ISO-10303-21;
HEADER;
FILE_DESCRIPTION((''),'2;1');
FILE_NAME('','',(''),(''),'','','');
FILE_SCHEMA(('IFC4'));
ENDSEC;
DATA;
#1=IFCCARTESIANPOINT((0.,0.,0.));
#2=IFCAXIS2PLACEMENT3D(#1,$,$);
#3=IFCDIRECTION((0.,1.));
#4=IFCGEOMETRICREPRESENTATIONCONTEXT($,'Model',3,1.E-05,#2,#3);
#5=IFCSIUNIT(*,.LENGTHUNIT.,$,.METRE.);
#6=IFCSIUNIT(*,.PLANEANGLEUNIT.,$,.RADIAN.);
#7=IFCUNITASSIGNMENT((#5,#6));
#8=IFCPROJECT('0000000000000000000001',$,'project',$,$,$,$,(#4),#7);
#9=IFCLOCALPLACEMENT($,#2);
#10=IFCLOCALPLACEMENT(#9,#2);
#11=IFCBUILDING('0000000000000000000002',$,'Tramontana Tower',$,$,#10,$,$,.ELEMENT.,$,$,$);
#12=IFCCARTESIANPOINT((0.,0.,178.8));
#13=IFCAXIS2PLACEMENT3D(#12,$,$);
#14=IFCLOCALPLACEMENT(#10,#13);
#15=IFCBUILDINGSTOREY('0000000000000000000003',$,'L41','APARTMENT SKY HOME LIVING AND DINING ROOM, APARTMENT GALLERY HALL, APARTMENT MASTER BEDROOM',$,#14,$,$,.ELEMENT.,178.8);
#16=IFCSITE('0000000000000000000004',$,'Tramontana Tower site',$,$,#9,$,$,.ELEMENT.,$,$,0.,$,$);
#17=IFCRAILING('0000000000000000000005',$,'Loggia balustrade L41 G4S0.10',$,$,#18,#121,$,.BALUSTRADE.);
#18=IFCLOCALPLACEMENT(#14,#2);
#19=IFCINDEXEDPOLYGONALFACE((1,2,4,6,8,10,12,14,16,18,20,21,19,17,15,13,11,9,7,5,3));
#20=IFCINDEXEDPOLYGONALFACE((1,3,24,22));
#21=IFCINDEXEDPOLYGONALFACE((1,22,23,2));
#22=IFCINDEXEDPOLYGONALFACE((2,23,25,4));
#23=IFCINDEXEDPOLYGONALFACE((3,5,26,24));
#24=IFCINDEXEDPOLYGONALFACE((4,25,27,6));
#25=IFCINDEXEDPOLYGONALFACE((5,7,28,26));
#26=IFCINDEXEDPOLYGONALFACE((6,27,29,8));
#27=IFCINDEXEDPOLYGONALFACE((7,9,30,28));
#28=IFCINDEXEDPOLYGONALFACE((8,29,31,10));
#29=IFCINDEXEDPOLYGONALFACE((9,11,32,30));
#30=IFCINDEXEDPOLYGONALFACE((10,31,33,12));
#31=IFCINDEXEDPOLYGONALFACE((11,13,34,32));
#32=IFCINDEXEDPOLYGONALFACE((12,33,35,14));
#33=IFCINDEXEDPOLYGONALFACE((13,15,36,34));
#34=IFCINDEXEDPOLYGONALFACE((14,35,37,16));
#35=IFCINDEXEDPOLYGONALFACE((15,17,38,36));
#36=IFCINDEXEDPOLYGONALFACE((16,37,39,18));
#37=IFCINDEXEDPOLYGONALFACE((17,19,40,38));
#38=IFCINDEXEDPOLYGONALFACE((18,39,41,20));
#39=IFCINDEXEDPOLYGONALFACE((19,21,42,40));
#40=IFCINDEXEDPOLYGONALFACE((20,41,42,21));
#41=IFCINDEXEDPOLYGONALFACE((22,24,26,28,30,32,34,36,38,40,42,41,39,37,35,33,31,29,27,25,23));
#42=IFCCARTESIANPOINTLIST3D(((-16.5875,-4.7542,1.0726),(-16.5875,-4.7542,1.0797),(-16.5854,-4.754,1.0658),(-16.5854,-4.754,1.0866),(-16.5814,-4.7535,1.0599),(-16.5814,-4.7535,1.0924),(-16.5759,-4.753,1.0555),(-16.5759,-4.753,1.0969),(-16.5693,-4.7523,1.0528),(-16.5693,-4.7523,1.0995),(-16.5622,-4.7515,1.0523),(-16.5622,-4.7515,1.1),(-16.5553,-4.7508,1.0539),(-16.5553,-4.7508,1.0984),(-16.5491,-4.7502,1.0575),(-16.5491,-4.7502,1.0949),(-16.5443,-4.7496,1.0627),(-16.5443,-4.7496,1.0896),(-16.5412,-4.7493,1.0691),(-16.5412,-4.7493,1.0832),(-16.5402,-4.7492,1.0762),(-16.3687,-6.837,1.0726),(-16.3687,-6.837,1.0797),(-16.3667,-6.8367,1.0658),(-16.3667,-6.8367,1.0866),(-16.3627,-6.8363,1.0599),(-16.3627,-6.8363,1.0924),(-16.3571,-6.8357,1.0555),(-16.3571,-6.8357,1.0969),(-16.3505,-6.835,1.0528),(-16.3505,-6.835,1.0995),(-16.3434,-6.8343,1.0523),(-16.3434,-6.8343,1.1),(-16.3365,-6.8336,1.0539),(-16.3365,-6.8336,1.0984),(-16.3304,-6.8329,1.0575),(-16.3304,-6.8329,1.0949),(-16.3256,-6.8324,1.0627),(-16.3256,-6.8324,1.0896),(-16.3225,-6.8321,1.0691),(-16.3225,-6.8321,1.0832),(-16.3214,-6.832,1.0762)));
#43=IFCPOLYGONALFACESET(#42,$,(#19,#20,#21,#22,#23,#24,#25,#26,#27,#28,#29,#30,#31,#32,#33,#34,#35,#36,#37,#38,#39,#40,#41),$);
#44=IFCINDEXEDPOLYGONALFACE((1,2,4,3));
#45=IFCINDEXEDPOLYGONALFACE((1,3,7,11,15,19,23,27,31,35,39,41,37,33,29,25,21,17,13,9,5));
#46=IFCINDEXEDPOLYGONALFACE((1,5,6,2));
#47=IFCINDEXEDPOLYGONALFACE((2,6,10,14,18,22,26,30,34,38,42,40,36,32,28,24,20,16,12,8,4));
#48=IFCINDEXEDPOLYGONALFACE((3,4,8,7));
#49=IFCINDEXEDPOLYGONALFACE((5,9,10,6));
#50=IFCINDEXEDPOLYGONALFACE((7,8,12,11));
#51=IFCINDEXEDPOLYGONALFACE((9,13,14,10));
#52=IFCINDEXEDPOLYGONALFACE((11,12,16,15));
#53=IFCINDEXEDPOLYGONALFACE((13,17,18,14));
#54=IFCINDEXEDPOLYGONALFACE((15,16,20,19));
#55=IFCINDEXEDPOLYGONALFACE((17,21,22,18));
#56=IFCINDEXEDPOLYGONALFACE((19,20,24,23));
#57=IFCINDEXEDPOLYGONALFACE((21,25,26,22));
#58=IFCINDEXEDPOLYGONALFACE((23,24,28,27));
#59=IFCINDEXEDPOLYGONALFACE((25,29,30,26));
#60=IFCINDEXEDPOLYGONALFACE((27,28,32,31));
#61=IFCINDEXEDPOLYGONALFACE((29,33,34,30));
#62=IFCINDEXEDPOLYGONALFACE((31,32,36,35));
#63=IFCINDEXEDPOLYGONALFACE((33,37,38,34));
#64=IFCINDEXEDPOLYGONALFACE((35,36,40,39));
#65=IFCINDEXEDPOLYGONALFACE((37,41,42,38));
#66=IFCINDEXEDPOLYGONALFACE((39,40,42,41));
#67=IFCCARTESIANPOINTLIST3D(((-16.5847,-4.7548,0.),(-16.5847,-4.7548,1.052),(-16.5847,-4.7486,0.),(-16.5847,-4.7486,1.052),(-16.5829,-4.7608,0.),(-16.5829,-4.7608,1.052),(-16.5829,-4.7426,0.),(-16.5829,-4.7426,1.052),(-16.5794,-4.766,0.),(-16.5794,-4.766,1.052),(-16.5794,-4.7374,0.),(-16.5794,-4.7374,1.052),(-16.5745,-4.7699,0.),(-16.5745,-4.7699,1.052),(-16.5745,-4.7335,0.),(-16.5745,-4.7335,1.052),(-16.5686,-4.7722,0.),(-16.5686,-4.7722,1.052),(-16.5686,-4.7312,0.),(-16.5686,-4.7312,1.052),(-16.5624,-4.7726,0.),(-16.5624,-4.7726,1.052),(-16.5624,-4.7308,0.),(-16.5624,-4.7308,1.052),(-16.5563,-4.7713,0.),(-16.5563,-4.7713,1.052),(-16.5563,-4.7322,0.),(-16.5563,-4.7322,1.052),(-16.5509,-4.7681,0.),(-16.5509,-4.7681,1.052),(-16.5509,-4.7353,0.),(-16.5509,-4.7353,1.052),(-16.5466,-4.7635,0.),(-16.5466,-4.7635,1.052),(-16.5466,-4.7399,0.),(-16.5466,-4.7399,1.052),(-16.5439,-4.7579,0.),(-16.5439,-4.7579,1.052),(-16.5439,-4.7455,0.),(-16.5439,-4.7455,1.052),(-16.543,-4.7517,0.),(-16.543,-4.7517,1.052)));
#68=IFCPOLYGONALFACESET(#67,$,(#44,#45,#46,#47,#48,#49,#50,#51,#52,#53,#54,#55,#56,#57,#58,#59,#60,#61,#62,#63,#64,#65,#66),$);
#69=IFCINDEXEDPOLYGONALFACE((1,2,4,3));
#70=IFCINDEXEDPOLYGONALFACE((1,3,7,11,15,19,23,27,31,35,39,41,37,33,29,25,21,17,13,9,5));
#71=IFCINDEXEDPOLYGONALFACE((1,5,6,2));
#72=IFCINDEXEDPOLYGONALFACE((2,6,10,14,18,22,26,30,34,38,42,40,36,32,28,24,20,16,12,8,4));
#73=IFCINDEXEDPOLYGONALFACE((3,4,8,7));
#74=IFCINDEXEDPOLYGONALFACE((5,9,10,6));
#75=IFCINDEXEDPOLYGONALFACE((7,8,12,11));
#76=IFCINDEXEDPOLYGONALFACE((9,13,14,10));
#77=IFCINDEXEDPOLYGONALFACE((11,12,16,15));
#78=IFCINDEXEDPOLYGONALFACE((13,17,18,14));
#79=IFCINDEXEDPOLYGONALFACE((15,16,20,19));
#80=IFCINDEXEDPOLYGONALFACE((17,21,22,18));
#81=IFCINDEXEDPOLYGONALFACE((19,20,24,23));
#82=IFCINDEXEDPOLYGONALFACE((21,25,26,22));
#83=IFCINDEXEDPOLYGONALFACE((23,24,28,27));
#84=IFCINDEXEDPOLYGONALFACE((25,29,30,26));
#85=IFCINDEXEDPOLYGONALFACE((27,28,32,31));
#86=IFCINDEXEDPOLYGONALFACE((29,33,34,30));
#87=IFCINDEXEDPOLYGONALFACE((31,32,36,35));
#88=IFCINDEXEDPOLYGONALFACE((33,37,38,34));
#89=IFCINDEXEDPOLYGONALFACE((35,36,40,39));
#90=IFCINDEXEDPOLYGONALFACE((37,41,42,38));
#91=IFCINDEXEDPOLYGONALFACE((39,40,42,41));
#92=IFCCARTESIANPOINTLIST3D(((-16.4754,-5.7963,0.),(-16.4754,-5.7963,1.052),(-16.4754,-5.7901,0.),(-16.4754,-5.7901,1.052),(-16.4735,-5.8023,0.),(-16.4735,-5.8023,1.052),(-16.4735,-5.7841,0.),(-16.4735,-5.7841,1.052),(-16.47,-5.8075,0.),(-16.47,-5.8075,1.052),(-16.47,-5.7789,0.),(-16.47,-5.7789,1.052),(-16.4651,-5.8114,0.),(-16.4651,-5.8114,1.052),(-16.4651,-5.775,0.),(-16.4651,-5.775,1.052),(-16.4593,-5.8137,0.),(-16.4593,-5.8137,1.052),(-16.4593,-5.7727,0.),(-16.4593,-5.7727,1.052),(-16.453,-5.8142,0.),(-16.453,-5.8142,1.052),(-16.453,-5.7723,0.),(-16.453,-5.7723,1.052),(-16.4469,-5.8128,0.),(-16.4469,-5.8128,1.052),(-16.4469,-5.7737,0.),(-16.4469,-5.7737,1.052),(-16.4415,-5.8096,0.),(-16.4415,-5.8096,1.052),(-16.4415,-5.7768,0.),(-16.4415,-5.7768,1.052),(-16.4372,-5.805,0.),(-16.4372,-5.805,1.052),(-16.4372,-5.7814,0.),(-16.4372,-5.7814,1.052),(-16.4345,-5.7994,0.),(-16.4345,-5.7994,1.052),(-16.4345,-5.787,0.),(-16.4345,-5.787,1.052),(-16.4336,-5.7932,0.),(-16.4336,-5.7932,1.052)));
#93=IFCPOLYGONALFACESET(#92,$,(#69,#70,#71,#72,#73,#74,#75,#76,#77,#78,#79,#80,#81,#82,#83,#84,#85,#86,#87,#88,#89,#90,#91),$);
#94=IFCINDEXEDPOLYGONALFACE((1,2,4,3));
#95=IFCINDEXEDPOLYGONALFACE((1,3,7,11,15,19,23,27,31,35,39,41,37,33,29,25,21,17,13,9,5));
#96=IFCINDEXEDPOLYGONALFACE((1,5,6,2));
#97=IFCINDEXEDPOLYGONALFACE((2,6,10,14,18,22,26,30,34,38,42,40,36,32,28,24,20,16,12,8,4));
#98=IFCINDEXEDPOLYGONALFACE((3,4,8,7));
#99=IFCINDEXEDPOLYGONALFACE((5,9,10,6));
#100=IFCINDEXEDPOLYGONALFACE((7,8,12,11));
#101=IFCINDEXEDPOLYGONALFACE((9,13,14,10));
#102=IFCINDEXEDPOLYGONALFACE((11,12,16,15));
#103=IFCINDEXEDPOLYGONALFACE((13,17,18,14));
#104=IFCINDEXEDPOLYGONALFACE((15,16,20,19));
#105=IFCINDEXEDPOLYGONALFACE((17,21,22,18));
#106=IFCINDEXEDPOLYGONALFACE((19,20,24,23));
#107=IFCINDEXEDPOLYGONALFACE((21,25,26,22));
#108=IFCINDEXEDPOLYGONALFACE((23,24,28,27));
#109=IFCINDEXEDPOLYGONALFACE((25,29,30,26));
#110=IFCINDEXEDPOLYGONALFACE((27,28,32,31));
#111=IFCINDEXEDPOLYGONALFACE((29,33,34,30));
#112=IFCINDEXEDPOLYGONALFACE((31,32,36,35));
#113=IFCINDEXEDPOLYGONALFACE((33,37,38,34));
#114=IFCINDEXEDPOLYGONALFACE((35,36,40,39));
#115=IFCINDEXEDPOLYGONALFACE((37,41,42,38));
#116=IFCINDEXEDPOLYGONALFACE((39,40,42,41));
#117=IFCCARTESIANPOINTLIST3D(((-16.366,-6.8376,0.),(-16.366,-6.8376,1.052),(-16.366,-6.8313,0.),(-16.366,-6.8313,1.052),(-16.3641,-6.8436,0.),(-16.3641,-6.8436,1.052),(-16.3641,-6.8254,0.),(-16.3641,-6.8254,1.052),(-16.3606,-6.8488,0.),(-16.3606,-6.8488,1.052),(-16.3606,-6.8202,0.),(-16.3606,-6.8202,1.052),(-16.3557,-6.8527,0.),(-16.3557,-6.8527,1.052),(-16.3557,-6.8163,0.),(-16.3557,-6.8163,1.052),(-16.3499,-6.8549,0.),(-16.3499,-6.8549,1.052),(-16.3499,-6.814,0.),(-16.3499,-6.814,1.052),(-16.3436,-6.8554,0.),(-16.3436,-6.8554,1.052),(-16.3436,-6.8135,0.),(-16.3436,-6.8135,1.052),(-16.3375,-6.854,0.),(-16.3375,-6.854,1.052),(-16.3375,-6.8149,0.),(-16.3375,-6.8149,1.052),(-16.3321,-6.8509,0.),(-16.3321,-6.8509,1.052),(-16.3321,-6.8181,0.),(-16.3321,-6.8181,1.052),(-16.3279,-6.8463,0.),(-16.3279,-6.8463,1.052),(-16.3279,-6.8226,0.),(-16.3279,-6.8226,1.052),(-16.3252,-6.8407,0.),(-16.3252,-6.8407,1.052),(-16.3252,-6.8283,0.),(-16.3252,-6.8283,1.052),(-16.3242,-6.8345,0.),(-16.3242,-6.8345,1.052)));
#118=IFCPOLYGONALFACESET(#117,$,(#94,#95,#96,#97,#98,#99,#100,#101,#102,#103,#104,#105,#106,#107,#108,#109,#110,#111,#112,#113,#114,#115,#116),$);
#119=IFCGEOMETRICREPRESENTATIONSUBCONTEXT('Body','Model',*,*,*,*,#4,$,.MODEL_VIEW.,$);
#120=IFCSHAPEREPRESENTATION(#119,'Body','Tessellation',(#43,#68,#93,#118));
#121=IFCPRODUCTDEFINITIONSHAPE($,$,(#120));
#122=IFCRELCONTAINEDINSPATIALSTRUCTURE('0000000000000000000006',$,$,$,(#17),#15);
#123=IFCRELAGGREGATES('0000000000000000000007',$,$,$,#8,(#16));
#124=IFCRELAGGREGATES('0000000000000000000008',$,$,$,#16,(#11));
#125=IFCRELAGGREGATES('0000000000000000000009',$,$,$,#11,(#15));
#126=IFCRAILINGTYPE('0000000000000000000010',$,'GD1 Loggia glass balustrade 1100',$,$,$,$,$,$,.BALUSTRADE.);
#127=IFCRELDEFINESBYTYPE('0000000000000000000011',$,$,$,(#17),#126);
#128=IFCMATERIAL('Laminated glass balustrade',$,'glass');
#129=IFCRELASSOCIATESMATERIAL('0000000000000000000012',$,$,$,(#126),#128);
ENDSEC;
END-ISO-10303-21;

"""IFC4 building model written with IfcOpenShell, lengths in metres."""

from ifc_helpers import new_model, si_unit, direction, frame, origin, origin_2d, place, context, subcontext, project, spatial, circle, extrude, material, type_object, element, save


model = new_model("IFC4")

# Units and contexts
model_context = context("Model", 3, precision=1e-05, world=origin(), true_north=direction((0.0, 1.0)))
body_context = subcontext(model_context, "Body", "Model", "MODEL_VIEW")
ifc_project = project(units=[si_unit("LENGTHUNIT", "METRE"), si_unit("PLANEANGLEUNIT", "RADIAN")], contexts=[model_context])

# Site, building, storey
site_placement = place(None, origin())
site = spatial("IfcSite", under=ifc_project, at=site_placement, Name="Tramontana Tower site", CompositionType="ELEMENT", RefElevation=0.0)
building_placement = place(site_placement, origin())
building = spatial("IfcBuilding", under=site, at=building_placement, Name="Tramontana Tower", CompositionType="ELEMENT")
storey_placement = place(building_placement, frame((0.0, 0.0, 178.8)))
storey = spatial("IfcBuildingStorey", under=building, at=storey_placement, Name="L41", Description="APARTMENT SKY HOME LIVING AND DINING ROOM, APARTMENT GALLERY HALL, APARTMENT MASTER BEDROOM", CompositionType="ELEMENT", Elevation=178.8)

# Railing
ifc_material_1 = material(Name="Laminated glass balustrade", Category="glass")
railing_type = type_object("IfcRailingType", Name="GD1 Loggia glass balustrade 1100", PredefinedType="BALUSTRADE", material=ifc_material_1)
railing_placement = place(storey_placement, frame((-16.564, -4.7517, 0.0)))
element("IfcRailing", 1, at=railing_placement, inside=storey, type_object=railing_type, Name="Loggia balustrade L41 G4S0.10", PredefinedType="BALUSTRADE", context=body_context, shape_type="SweptSolid", body=[
    extrude(circle(Radius=0.0239, at=origin_2d()), frame((0.0, 0.0, 1.0762), z_axis=(0.104454, -0.99453, 0.0), x_axis=(0.99453, 0.104454, 0.0)), (0.0, 0.0, 1.0), 2.0942),
    extrude(circle(Radius=0.021, at=origin_2d()), origin(), (0.0, 0.0, 1.0), 1.052),
    extrude(circle(Radius=0.021, at=origin_2d()), frame((0.1094, -1.0415, 0.0)), (0.0, 0.0, 1.0), 1.052),
    extrude(circle(Radius=0.021, at=origin_2d()), frame((0.2188, -2.0828, 0.0)), (0.0, 0.0, 1.0), 1.052),
])

save(model, "model.ifc")
